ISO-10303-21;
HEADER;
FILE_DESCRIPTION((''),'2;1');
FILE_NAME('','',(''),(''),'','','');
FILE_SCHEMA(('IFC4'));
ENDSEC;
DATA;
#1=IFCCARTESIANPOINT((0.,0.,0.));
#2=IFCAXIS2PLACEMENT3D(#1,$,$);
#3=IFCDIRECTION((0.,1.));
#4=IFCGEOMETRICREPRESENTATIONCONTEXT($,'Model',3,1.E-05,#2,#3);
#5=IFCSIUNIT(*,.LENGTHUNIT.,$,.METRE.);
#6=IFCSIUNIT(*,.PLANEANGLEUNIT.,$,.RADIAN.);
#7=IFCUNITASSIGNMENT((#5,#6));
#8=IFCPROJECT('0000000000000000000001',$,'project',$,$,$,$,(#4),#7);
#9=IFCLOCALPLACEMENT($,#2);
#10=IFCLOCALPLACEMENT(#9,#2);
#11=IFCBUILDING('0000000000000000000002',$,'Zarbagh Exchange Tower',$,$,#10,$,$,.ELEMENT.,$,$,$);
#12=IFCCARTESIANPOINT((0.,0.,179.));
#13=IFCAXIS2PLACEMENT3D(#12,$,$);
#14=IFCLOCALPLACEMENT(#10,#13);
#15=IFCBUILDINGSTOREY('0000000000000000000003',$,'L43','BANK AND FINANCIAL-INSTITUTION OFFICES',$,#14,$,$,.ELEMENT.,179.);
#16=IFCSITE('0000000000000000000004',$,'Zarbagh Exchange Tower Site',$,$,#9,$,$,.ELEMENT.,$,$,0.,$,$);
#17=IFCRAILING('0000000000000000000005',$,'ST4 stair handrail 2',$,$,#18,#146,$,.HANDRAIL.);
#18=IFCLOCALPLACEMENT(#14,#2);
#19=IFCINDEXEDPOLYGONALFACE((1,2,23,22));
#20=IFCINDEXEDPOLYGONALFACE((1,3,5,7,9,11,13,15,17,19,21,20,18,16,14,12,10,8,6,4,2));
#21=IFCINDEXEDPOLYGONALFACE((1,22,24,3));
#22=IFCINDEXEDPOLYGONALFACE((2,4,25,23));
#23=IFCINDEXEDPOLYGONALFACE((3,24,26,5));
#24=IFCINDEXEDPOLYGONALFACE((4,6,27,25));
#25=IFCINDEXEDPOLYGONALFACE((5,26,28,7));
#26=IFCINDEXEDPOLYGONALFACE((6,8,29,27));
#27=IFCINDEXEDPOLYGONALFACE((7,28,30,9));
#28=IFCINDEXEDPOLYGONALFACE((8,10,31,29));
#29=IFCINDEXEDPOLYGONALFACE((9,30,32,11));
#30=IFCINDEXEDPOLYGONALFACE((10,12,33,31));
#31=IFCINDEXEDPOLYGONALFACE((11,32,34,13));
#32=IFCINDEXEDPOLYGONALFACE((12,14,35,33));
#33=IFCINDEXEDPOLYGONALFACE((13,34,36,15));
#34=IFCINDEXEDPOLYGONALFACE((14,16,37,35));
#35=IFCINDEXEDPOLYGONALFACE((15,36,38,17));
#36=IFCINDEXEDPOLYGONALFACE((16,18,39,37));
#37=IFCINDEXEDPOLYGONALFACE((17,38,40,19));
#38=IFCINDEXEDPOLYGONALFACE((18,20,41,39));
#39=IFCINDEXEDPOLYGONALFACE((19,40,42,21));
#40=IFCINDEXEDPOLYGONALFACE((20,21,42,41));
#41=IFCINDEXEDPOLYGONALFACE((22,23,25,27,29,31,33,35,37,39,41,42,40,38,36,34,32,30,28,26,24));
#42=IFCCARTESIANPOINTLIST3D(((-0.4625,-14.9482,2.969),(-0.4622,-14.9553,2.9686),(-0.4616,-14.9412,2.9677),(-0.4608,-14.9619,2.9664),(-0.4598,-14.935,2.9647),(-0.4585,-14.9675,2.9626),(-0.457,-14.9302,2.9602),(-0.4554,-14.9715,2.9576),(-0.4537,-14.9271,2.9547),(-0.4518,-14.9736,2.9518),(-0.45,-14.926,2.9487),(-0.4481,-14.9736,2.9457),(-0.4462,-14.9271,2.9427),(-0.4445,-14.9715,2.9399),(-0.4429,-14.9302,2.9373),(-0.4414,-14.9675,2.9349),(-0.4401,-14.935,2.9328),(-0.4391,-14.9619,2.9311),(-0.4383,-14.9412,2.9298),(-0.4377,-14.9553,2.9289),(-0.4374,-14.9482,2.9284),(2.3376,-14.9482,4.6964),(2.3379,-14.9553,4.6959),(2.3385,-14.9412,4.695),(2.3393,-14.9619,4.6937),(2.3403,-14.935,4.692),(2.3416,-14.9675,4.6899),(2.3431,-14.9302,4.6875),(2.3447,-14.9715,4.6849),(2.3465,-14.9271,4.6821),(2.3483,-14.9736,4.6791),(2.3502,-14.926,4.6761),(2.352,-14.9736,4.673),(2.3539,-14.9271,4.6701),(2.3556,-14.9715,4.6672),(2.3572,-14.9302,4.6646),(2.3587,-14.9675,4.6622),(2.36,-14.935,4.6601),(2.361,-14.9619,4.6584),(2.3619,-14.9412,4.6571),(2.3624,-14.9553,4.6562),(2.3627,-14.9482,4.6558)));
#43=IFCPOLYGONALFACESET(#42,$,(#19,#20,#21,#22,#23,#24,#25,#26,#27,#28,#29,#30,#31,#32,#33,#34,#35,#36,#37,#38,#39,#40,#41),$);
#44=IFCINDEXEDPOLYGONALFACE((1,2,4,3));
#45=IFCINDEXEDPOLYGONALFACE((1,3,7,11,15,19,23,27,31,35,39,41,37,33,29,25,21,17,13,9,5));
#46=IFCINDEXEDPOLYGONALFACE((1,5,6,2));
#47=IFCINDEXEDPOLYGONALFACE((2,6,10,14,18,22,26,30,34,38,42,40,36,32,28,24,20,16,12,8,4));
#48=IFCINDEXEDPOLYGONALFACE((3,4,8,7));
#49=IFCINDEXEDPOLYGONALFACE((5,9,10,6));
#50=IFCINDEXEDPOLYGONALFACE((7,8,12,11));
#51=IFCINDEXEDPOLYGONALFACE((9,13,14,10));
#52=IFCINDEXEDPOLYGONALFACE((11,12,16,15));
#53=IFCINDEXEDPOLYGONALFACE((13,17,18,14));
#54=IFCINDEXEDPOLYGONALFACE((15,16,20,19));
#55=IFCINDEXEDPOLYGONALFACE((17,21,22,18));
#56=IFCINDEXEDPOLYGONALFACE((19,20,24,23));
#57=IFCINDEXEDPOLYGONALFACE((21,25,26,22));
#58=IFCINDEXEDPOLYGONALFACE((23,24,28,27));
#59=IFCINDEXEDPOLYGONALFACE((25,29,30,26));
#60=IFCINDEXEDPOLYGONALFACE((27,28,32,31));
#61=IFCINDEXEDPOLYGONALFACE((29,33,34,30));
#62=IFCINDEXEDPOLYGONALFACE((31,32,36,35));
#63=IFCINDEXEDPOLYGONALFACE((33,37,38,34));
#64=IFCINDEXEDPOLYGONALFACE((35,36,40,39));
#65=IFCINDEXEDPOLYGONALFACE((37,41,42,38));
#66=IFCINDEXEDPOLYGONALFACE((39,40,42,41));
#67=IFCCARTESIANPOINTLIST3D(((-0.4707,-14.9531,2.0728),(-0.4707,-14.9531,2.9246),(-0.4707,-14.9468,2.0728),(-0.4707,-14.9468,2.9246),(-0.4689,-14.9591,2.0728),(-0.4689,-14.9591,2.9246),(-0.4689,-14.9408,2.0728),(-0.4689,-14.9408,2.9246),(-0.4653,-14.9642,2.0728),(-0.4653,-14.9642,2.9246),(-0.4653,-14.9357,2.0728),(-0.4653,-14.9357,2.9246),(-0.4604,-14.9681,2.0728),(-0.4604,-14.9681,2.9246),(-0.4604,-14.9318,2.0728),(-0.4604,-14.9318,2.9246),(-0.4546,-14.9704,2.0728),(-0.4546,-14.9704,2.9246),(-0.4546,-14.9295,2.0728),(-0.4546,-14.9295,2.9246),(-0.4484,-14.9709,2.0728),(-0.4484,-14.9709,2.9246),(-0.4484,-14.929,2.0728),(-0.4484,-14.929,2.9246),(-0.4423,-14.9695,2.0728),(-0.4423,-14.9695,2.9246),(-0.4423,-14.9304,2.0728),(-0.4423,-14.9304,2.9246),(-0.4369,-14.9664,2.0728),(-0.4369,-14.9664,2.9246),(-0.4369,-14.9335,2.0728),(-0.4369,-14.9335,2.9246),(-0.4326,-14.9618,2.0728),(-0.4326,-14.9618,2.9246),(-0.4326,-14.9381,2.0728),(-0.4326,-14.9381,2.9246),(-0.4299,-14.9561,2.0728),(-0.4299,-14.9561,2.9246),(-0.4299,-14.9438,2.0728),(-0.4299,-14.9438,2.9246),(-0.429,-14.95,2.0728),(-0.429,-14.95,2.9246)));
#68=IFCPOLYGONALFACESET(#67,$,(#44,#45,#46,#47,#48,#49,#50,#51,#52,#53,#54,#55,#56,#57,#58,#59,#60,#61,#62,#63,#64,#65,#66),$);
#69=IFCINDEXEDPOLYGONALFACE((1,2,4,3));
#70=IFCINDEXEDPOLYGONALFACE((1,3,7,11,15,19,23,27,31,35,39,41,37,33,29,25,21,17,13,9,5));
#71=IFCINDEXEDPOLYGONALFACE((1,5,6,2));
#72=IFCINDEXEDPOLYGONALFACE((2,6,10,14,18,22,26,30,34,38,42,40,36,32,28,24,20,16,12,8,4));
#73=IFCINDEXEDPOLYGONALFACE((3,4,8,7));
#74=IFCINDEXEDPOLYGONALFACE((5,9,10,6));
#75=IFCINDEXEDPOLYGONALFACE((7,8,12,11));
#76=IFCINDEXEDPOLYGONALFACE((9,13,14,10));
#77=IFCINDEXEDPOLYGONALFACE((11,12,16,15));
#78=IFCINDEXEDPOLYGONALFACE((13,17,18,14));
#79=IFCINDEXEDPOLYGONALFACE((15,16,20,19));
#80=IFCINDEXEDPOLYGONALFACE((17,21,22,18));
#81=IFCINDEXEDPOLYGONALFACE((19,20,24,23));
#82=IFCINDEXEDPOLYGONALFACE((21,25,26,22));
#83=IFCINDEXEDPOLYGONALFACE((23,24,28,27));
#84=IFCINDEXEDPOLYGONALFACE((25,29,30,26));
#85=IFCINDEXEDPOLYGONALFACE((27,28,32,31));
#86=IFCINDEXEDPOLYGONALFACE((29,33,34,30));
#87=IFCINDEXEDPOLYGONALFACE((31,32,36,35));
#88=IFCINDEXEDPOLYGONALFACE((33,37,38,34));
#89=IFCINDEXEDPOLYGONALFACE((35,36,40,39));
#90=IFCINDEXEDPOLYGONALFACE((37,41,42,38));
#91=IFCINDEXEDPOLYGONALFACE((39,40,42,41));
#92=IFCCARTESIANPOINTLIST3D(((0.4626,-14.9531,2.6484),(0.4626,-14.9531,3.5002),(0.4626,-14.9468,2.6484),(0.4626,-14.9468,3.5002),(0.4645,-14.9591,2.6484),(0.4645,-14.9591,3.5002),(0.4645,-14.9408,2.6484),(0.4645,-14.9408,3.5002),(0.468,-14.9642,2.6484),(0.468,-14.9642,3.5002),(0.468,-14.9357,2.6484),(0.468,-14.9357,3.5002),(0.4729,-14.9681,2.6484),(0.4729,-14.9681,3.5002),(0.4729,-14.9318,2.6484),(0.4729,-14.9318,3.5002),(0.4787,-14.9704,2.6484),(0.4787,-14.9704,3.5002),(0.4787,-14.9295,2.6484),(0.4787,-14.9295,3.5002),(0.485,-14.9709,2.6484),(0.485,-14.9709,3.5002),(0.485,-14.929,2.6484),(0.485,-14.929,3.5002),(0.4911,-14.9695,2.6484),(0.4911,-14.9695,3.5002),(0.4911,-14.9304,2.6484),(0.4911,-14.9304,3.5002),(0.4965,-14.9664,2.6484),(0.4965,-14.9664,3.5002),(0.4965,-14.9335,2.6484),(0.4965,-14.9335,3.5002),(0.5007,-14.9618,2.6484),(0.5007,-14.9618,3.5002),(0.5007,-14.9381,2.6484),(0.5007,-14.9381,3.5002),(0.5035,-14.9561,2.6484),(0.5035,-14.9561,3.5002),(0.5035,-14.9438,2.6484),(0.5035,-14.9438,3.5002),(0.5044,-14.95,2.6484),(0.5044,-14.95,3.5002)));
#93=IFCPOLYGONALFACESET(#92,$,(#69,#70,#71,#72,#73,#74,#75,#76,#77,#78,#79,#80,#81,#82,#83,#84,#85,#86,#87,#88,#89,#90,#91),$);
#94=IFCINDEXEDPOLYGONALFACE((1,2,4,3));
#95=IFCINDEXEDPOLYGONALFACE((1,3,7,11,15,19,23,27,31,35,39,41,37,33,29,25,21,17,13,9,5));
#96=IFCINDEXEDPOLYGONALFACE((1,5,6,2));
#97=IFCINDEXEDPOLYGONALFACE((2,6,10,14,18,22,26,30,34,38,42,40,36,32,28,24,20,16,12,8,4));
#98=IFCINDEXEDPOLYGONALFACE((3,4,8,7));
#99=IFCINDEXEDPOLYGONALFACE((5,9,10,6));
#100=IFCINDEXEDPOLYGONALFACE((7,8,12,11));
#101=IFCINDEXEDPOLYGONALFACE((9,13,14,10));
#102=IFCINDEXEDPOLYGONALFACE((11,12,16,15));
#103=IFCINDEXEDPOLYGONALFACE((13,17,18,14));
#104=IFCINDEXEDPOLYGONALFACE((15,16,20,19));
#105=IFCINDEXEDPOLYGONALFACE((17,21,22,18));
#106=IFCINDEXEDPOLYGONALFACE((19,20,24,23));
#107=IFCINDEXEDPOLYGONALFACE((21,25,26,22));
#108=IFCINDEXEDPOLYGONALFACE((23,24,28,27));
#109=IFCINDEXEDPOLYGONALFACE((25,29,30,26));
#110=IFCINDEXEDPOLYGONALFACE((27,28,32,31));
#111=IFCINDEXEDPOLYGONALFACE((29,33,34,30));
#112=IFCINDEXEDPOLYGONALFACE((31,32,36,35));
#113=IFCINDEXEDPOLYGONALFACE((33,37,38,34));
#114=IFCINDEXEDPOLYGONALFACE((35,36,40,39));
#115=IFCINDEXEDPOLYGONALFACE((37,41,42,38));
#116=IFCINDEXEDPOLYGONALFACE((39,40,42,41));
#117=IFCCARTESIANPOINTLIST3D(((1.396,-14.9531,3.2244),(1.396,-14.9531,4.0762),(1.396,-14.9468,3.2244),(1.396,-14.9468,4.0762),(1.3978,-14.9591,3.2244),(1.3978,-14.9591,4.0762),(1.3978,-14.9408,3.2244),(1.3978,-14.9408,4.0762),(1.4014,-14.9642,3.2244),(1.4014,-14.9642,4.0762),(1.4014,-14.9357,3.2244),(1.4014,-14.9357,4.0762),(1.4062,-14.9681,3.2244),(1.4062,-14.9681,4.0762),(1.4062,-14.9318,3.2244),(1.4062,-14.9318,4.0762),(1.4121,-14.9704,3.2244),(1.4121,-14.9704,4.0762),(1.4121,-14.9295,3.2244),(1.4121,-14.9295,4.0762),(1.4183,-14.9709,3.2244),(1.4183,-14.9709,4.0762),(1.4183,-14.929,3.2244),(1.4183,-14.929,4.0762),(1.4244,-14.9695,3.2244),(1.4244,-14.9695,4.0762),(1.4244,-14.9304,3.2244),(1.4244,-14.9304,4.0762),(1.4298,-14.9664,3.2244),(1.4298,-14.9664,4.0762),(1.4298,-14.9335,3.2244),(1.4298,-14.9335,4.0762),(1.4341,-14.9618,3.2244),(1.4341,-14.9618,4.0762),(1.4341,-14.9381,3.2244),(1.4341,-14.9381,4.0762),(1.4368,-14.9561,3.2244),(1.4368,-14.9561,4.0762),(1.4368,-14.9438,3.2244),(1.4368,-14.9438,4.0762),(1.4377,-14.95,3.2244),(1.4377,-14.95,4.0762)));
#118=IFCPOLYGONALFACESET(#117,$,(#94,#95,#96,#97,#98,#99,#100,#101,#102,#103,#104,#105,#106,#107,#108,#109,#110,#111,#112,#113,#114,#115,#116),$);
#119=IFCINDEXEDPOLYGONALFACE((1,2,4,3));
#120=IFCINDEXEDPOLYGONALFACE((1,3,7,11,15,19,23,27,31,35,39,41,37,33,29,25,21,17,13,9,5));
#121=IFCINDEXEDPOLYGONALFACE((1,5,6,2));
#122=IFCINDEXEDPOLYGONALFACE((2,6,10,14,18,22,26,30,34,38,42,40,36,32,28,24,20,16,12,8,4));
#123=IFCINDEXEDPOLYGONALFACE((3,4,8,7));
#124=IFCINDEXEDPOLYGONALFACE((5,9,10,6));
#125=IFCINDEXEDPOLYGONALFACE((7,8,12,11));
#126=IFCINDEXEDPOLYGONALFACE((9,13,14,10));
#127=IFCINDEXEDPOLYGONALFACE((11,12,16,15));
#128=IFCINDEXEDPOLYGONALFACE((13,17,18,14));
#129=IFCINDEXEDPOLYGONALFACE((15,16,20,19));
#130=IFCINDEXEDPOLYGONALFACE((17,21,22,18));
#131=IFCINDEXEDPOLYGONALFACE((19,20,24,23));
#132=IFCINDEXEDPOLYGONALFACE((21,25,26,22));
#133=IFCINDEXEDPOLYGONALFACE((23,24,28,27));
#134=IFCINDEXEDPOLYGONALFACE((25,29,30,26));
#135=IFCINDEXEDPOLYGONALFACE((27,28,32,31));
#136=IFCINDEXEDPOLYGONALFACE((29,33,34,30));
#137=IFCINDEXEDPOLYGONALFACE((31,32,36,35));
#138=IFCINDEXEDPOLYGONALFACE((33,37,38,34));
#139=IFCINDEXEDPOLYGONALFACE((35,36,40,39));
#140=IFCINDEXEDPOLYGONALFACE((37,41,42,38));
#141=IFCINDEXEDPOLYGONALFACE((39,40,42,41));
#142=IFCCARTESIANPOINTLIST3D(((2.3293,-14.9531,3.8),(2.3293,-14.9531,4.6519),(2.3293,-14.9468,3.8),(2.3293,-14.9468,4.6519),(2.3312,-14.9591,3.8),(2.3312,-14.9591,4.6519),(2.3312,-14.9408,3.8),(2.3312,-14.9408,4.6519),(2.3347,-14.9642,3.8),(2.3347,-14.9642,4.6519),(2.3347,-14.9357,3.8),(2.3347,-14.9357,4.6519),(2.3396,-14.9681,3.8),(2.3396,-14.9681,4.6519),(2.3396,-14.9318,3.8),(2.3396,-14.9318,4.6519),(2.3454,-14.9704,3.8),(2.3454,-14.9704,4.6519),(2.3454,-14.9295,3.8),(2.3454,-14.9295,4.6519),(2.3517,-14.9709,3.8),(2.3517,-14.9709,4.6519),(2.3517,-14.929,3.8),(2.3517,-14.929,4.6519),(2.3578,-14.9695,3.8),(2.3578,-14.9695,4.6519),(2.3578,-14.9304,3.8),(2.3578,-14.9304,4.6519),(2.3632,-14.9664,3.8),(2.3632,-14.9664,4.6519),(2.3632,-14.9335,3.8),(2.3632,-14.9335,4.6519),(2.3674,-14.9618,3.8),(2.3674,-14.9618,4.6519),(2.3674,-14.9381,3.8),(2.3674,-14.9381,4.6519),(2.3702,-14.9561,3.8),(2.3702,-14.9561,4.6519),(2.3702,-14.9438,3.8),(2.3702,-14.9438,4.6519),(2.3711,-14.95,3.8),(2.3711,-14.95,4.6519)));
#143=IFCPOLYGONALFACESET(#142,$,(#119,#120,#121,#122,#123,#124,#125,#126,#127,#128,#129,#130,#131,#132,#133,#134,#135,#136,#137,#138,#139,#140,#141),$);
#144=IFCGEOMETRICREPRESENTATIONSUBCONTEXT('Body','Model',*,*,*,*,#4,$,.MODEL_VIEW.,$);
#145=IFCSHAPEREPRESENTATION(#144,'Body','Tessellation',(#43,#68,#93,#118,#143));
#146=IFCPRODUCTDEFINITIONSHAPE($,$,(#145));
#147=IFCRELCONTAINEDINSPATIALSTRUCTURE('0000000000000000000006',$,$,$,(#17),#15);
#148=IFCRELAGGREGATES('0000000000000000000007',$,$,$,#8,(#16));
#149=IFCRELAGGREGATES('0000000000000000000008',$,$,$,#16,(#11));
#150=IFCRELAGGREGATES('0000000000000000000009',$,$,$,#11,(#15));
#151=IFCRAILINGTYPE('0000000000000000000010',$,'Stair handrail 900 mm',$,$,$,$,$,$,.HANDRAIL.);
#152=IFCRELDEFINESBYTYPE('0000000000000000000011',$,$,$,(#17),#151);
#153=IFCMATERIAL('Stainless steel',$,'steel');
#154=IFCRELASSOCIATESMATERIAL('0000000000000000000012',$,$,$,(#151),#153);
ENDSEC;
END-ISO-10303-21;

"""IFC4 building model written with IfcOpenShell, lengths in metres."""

from ifc_helpers import new_model, si_unit, direction, frame, origin, origin_2d, place, context, subcontext, project, spatial, circle, extrude, material, type_object, element, save


model = new_model("IFC4")

# Units and contexts
model_context = context("Model", 3, precision=1e-05, world=origin(), true_north=direction((0.0, 1.0)))
body_context = subcontext(model_context, "Body", "Model", "MODEL_VIEW")
ifc_project = project(units=[si_unit("LENGTHUNIT", "METRE"), si_unit("PLANEANGLEUNIT", "RADIAN")], contexts=[model_context])

# Site, building, storey
site_placement = place(None, origin())
site = spatial("IfcSite", under=ifc_project, at=site_placement, Name="Zarbagh Exchange Tower Site", CompositionType="ELEMENT", RefElevation=0.0)
building_placement = place(site_placement, origin())
building = spatial("IfcBuilding", under=site, at=building_placement, Name="Zarbagh Exchange Tower", CompositionType="ELEMENT")
storey_placement = place(building_placement, frame((0.0, 0.0, 179.0)))
storey = spatial("IfcBuildingStorey", under=building, at=storey_placement, Name="L43", Description="BANK AND FINANCIAL-INSTITUTION OFFICES", CompositionType="ELEMENT", Elevation=179.0)

# Shared definitions
ifc_material_1 = material(Name="Stainless steel", Category="steel")

# Railing
railing_type_1 = type_object("IfcRailingType", Name="Stair handrail 900 mm", PredefinedType="HANDRAIL", material=ifc_material_1)
for number, where, name in (
    (1, (-0.45, -14.95, 2.0728), "ST4 stair handrail 2"),
):
    element("IfcRailing", number, at=place(storey_placement, frame(where)), inside=storey, type_object=railing_type_1, Name=name, PredefinedType="HANDRAIL", context=body_context, shape_type="SweptSolid", body=[
        extrude(circle(Radius=0.0239, at=origin_2d()), frame((0.0, 0.0, 0.876), z_axis=(0.85109, 0.0, 0.52502), x_axis=(0.0, 1.0, 0.0)), (0.0, 0.0, 1.0), 3.29),
        extrude(circle(Radius=0.021, at=origin_2d()), origin(), (0.0, 0.0, 1.0), 0.8518),
        extrude(circle(Radius=0.021, at=origin_2d()), frame((0.9333, 0.0, 0.5757)), (0.0, 0.0, 1.0), 0.8518),
        extrude(circle(Radius=0.021, at=origin_2d()), frame((1.8667, 0.0, 1.1516)), (0.0, 0.0, 1.0), 0.8518),
        extrude(circle(Radius=0.021, at=origin_2d()), frame((2.8, 0.0, 1.7273)), (0.0, 0.0, 1.0), 0.8518),
    ])

save(model, "model.ifc")
